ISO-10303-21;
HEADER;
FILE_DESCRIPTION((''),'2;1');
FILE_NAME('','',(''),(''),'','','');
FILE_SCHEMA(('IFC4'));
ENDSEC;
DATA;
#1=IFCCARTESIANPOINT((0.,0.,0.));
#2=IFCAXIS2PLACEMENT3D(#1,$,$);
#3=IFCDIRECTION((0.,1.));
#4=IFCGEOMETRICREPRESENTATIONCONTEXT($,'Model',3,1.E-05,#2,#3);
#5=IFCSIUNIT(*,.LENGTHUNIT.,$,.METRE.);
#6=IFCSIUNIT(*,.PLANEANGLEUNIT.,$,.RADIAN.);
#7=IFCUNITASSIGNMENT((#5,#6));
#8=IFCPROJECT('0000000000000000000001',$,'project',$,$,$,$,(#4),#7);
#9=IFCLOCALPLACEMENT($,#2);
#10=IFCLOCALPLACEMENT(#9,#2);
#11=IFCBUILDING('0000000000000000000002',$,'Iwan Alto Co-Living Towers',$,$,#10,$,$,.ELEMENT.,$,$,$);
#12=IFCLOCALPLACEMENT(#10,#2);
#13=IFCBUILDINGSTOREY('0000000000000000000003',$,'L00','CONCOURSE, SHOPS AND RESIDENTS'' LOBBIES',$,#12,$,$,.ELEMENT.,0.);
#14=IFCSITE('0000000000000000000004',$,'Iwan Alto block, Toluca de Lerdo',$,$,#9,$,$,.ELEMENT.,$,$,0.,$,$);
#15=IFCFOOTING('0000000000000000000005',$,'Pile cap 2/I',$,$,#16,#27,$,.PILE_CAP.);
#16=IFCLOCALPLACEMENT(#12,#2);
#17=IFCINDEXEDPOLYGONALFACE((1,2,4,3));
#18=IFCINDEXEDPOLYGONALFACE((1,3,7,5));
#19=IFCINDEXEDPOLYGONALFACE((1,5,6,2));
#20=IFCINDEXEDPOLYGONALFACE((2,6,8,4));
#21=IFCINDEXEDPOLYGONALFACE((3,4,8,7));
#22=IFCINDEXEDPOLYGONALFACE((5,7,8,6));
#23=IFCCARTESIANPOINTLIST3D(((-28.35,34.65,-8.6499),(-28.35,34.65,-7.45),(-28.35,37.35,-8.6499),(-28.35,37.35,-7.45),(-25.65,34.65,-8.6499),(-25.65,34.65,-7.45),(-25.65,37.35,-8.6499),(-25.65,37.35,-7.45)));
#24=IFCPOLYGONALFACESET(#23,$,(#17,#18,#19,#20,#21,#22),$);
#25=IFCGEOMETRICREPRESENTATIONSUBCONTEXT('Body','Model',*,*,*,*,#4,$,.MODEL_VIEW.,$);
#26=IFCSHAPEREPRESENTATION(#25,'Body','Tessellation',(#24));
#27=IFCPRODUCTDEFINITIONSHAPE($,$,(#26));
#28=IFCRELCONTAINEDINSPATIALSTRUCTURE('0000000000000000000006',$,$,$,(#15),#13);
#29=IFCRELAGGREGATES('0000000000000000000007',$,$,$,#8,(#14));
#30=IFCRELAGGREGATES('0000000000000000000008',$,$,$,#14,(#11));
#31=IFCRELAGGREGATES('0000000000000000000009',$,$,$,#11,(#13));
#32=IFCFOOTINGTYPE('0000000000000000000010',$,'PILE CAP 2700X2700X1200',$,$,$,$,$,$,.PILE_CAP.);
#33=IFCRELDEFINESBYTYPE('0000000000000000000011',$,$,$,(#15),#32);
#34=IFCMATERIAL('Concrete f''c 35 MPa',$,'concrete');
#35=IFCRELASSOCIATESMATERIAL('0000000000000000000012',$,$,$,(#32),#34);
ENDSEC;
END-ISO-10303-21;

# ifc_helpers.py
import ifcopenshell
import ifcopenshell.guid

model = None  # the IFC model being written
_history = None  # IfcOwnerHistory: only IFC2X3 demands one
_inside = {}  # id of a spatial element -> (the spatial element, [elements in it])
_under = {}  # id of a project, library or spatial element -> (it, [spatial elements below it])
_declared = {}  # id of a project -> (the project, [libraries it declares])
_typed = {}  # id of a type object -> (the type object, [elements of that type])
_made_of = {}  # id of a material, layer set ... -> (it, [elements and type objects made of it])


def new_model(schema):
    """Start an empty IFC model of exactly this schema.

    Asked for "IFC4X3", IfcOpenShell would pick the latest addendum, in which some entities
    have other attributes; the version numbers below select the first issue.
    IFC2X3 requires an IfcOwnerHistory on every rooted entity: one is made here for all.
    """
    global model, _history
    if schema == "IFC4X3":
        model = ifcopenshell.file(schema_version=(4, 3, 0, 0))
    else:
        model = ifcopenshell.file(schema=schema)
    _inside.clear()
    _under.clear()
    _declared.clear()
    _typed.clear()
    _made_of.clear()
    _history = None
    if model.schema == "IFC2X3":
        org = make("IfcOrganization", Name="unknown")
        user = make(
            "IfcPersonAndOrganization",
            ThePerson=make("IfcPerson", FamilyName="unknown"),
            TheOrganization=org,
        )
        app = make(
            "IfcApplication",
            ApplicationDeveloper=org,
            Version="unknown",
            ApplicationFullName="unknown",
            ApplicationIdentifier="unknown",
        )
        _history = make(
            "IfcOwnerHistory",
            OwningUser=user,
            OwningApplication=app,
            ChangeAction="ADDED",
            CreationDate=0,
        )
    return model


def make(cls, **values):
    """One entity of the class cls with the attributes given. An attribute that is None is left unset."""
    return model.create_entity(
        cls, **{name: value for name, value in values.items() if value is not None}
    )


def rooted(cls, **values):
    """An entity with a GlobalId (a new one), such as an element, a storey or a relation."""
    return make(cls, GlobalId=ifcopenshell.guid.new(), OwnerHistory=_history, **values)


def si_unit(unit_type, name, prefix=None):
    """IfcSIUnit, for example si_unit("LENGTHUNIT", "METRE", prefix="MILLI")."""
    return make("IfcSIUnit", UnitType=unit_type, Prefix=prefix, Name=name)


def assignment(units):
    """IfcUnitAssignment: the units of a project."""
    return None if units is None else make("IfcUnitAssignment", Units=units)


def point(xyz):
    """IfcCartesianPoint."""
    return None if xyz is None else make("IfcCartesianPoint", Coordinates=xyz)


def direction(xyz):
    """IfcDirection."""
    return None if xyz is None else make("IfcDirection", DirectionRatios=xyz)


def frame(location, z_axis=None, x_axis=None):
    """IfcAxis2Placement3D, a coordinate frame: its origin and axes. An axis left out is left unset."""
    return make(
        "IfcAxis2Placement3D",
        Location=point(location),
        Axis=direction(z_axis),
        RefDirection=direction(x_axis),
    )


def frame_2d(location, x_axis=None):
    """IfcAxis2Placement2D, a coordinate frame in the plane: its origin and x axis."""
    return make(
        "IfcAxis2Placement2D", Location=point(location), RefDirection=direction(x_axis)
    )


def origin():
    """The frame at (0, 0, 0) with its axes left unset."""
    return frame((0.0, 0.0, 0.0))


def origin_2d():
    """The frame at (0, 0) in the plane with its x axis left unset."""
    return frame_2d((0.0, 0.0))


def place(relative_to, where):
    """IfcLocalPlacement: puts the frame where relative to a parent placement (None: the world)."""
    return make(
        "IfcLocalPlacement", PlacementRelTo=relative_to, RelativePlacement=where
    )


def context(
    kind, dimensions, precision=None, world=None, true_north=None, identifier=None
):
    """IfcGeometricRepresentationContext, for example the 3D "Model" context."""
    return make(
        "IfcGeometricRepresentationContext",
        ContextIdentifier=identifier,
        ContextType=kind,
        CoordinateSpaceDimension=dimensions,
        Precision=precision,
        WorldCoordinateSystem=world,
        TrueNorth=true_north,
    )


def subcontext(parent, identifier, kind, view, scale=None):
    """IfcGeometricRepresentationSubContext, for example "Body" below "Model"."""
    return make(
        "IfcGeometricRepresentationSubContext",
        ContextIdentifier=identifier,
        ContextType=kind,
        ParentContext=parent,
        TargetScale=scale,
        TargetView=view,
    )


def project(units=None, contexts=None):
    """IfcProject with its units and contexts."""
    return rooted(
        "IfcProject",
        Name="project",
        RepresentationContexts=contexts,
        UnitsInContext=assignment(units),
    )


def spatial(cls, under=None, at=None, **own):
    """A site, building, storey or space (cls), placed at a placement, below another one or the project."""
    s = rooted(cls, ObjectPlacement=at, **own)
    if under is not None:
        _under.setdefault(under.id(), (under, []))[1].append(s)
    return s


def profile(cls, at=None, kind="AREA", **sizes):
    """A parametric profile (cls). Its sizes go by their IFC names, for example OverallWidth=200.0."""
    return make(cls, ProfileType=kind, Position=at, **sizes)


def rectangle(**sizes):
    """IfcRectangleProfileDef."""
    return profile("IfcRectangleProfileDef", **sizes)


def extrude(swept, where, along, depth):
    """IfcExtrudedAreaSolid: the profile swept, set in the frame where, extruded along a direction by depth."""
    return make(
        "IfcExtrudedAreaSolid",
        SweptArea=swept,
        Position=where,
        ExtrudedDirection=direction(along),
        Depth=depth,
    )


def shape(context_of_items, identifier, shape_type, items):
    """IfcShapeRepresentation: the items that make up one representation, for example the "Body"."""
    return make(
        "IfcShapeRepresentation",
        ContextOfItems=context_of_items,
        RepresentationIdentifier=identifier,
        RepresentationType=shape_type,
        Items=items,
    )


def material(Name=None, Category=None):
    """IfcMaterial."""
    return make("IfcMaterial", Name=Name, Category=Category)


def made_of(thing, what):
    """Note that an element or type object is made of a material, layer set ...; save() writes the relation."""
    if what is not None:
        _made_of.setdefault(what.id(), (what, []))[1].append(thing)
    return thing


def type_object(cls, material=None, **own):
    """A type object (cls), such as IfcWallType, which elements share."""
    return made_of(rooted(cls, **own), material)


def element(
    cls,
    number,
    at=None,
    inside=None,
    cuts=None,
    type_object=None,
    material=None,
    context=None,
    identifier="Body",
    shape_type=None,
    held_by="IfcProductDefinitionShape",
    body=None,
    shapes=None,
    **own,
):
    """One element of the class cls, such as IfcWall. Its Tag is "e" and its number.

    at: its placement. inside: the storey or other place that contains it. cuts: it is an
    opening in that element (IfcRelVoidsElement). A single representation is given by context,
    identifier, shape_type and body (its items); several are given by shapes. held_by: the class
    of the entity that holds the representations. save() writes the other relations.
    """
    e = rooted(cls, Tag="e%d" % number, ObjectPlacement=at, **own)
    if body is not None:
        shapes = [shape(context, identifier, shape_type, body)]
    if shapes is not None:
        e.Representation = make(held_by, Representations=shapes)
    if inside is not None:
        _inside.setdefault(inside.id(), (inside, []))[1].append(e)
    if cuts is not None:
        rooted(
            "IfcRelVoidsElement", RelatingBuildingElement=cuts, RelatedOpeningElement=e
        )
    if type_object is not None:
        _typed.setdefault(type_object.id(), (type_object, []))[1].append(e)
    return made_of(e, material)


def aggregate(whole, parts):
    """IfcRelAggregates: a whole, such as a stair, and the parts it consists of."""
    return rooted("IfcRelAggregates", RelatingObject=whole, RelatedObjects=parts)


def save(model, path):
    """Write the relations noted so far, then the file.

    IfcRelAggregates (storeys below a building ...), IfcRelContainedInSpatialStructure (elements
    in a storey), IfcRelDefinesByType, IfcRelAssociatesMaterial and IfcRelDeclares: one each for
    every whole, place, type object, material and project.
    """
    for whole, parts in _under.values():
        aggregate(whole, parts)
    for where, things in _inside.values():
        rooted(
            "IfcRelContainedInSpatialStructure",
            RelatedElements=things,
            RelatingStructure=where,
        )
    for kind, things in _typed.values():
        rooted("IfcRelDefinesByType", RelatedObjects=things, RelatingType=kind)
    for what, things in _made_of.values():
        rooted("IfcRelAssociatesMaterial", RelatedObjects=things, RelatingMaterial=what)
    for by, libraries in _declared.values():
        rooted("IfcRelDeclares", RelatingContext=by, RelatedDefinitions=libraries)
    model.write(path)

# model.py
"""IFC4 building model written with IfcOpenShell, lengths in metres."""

from ifc_helpers import new_model, si_unit, direction, frame, origin, origin_2d, place, context, subcontext, project, spatial, rectangle, extrude, material, type_object, element, save


model = new_model("IFC4")

# Units and contexts
model_context = context("Model", 3, precision=1e-05, world=origin(), true_north=direction((0.0, 1.0)))
body_context = subcontext(model_context, "Body", "Model", "MODEL_VIEW")
ifc_project = project(units=[si_unit("LENGTHUNIT", "METRE"), si_unit("PLANEANGLEUNIT", "RADIAN")], contexts=[model_context])

# Site, building, storey
site_placement = place(None, origin())
site = spatial("IfcSite", under=ifc_project, at=site_placement, Name="Iwan Alto block, Toluca de Lerdo", CompositionType="ELEMENT", RefElevation=0.0)
building_placement = place(site_placement, origin())
building = spatial("IfcBuilding", under=site, at=building_placement, Name="Iwan Alto Co-Living Towers", CompositionType="ELEMENT")
storey_placement = place(building_placement, origin())
storey = spatial("IfcBuildingStorey", under=building, at=storey_placement, Name="L00", Description="CONCOURSE, SHOPS AND RESIDENTS' LOBBIES", CompositionType="ELEMENT", Elevation=0.0)

# Footing
ifc_material_1 = material(Name="Concrete f'c 35 MPa", Category="concrete")
footing_type = type_object("IfcFootingType", Name="PILE CAP 2700X2700X1200", PredefinedType="PILE_CAP", material=ifc_material_1)
for number, where, z_axis, x_axis, name in (
    (1, (-27.0, 36.0, -8.6499), (0.0, 0.0, 1.0), (1.0, 0.0, 0.0), "Pile cap 2/I"),
):
    element("IfcFooting", number, at=place(storey_placement, frame(where, z_axis=z_axis, x_axis=x_axis)), inside=storey, type_object=footing_type, Name=name, PredefinedType="PILE_CAP", context=body_context, shape_type="SweptSolid", body=[
        extrude(rectangle(XDim=2.7, YDim=2.7, at=origin_2d()), origin(), (0.0, 0.0, 1.0), 1.2),
    ])

save(model, "model.ifc")
